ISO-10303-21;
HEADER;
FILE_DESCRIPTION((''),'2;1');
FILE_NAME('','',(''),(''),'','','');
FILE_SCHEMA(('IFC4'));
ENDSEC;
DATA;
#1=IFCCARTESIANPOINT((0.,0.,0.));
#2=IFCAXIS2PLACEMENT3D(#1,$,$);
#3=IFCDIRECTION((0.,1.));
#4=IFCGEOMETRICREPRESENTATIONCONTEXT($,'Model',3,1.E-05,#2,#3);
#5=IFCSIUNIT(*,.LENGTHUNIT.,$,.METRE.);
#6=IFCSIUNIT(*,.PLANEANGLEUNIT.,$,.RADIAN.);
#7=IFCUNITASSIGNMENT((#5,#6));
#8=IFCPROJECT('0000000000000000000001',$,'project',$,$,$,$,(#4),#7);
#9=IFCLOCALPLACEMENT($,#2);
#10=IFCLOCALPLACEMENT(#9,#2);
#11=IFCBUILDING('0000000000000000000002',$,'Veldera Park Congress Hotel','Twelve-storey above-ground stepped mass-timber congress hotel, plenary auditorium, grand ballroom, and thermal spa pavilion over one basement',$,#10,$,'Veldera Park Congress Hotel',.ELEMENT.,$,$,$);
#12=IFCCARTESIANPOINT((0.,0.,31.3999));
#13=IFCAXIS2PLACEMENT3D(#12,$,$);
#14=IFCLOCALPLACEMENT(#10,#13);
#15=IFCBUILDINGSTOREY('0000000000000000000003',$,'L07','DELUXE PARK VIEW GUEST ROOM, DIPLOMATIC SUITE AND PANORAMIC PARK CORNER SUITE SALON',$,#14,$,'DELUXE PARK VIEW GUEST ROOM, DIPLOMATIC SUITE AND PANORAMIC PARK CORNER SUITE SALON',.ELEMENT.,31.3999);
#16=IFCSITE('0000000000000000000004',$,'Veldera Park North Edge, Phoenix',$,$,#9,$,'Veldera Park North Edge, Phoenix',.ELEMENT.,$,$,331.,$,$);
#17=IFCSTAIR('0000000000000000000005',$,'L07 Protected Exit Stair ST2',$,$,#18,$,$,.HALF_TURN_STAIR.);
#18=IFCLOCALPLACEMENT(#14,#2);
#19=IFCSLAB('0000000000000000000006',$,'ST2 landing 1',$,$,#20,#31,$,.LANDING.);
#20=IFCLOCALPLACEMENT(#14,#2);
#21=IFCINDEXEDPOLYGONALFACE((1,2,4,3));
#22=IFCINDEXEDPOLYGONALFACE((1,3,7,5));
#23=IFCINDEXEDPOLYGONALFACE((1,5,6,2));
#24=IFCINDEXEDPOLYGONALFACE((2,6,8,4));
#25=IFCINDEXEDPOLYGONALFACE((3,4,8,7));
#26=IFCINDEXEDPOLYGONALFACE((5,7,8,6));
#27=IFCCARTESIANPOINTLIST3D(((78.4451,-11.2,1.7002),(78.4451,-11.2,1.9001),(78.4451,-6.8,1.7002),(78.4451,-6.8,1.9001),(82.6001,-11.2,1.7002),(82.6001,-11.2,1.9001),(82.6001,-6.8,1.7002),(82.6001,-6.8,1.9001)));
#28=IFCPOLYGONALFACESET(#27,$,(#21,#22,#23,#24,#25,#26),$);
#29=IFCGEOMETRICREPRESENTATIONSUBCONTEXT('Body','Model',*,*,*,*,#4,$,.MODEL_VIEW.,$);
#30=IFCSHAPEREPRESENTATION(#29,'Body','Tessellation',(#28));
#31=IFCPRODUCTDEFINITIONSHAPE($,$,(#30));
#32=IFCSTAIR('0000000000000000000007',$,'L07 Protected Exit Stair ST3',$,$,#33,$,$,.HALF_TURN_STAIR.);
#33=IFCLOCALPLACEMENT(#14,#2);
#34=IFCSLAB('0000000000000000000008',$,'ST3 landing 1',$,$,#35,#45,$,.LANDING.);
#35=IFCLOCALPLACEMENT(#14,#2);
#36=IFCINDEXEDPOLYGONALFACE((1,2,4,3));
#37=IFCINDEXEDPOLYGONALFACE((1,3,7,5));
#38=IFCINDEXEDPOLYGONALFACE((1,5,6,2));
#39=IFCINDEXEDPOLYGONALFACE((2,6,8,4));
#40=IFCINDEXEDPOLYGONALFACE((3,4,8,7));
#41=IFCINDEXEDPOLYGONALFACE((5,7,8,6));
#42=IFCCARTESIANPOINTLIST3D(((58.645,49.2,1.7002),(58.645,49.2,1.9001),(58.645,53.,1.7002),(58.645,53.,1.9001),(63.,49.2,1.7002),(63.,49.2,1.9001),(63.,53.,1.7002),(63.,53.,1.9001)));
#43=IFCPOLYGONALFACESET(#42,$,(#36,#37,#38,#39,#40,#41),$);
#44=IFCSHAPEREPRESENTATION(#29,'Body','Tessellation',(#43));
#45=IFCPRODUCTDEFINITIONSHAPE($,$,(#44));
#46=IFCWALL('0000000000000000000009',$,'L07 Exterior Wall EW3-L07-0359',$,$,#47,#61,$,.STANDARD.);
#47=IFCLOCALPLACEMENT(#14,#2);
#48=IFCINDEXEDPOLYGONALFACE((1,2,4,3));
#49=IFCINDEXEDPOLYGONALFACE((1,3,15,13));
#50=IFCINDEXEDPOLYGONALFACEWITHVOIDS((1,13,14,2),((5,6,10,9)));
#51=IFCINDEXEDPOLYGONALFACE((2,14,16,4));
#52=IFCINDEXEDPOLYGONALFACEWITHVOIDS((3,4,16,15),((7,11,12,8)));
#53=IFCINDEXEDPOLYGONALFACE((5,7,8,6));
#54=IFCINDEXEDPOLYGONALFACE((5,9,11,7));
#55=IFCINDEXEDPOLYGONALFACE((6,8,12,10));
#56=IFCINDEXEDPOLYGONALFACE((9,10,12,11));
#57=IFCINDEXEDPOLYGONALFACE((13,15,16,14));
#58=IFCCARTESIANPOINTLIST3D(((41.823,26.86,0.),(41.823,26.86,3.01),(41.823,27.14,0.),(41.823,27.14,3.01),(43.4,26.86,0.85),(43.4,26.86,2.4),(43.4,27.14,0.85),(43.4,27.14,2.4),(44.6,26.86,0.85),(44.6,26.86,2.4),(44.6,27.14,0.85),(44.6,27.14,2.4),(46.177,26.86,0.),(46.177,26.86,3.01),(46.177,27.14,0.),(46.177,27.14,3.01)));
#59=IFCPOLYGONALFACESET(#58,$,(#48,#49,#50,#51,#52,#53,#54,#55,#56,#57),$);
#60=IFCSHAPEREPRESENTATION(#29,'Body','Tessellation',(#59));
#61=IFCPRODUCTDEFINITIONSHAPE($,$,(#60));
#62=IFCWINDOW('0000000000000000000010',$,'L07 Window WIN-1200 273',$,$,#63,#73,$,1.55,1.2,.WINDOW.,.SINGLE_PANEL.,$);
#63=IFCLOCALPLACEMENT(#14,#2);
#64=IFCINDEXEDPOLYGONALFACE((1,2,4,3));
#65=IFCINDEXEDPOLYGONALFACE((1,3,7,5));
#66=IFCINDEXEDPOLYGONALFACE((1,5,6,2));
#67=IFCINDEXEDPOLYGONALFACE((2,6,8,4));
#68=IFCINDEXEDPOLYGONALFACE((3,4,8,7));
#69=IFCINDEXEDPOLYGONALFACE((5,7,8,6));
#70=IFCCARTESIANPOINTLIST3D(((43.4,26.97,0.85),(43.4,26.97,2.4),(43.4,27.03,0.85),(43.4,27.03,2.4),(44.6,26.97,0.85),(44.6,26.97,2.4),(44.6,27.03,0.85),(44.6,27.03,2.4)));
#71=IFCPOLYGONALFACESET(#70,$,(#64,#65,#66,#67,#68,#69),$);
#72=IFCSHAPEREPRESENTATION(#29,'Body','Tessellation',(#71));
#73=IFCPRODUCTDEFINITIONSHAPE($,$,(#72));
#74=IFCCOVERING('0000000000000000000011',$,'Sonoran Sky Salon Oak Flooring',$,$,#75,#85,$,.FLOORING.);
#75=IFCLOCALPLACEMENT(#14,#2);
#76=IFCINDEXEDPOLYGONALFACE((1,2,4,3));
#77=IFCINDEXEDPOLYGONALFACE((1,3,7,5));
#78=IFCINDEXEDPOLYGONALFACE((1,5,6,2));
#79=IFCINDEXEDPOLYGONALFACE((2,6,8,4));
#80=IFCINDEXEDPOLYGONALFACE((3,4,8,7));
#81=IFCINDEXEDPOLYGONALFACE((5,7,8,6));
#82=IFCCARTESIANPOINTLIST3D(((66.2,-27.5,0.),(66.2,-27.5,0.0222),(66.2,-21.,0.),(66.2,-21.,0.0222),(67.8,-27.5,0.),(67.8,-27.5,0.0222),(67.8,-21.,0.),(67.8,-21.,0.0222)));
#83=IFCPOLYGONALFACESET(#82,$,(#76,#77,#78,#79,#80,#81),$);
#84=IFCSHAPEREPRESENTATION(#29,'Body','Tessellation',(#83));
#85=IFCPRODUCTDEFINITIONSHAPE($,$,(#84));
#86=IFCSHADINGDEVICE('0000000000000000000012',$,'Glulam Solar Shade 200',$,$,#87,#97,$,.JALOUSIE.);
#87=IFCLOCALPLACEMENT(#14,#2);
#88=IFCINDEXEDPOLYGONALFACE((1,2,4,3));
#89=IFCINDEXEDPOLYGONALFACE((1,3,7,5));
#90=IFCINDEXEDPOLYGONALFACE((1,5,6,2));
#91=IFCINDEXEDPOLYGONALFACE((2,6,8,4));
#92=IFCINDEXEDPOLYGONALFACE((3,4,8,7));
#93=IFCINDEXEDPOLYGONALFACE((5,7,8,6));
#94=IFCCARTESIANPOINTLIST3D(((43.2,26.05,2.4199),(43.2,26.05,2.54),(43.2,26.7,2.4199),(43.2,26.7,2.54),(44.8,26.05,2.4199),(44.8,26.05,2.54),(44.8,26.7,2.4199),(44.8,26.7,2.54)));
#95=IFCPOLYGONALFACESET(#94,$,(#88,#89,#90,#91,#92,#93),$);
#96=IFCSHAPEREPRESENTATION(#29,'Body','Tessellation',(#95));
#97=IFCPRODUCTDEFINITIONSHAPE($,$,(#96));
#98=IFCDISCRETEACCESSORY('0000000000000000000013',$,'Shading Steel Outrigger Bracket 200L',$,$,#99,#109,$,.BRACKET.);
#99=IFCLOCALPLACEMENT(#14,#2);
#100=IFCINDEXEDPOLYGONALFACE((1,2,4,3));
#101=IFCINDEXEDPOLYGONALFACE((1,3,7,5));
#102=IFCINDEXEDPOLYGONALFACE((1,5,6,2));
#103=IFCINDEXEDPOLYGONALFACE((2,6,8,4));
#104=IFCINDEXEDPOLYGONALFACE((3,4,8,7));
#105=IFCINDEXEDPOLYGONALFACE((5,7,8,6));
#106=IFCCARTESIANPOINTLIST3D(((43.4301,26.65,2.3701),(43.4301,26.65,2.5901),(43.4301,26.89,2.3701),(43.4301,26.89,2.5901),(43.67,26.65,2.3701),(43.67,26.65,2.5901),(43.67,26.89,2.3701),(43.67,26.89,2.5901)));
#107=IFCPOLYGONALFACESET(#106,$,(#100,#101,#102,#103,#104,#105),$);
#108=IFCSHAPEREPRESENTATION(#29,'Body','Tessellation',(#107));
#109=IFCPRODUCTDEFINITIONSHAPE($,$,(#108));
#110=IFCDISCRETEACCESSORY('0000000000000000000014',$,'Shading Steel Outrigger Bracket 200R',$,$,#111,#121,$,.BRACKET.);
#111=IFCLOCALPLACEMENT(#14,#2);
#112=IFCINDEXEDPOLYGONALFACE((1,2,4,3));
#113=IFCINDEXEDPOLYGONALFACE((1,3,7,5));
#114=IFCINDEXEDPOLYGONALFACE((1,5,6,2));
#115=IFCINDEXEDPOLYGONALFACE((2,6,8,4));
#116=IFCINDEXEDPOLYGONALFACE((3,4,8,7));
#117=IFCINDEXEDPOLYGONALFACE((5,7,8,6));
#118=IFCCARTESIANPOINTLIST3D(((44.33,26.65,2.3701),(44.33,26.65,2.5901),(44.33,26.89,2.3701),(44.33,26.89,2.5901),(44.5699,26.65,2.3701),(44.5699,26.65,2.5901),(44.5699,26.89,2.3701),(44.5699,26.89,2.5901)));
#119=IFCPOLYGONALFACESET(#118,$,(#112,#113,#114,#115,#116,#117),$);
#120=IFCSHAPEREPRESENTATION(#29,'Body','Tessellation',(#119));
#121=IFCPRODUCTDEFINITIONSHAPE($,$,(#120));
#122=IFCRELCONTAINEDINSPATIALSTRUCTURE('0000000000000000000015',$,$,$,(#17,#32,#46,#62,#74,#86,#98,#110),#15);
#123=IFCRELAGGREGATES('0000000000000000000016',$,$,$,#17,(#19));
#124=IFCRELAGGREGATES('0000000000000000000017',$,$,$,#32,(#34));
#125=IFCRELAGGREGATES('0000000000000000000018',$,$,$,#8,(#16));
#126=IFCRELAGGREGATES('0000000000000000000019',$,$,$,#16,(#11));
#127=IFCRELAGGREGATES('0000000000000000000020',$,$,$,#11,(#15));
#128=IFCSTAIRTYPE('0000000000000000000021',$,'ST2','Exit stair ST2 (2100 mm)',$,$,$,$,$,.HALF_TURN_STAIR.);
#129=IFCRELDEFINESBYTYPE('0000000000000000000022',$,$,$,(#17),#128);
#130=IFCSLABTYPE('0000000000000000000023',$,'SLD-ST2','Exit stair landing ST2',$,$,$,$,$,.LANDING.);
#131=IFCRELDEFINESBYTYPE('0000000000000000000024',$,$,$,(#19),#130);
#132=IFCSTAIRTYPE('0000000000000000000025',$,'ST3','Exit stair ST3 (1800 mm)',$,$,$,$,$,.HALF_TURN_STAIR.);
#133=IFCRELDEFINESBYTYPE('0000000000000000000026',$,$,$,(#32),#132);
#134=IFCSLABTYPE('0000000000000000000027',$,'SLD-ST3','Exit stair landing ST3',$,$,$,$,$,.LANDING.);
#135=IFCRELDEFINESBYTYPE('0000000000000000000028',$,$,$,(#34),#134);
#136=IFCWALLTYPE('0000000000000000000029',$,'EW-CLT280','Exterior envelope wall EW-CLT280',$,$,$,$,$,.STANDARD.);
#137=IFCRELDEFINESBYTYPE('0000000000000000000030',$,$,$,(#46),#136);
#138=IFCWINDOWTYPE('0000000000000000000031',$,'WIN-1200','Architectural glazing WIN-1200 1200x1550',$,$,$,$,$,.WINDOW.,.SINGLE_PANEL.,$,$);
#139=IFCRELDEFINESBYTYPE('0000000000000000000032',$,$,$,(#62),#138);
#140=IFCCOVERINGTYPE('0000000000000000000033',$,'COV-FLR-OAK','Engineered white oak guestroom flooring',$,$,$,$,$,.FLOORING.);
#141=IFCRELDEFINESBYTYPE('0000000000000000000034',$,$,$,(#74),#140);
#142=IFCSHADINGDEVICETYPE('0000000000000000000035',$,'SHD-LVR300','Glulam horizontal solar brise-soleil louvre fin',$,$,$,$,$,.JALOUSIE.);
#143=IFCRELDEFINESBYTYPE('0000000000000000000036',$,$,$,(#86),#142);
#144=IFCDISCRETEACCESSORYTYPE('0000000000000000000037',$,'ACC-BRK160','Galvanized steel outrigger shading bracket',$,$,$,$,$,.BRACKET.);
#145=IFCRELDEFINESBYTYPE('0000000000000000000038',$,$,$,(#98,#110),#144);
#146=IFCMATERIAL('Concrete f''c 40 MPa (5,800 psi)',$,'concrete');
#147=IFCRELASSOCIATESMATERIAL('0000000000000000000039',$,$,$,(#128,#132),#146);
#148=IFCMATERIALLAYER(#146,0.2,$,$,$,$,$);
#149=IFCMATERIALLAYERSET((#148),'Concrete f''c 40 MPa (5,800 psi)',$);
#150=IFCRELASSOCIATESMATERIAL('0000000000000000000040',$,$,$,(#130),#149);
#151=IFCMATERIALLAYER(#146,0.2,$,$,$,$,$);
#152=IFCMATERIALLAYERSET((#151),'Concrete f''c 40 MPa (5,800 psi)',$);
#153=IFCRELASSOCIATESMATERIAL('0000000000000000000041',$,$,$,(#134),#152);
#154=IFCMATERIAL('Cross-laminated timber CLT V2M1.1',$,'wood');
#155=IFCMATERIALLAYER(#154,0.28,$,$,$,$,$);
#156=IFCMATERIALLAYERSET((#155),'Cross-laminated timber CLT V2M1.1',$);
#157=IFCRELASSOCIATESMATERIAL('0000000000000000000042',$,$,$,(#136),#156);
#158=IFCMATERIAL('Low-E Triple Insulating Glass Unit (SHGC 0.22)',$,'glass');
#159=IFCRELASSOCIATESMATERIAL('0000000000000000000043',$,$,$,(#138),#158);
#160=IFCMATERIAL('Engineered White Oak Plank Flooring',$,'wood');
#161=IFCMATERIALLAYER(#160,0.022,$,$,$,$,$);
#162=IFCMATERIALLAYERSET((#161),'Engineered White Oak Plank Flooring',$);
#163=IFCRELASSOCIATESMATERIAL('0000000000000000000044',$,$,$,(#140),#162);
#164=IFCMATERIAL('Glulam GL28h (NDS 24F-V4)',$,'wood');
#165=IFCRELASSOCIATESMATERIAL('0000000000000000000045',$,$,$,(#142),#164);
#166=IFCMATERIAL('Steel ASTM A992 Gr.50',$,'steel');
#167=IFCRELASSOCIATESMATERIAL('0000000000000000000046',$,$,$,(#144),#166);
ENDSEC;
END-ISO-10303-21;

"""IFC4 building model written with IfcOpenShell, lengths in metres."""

from ifc_helpers import new_model, si_unit, direction, frame, frame_2d, origin, origin_2d, place, context, subcontext, project, spatial, polyline, rectangle, outline, extrude, material, layer, layer_set, type_object, element, fill, aggregate, save


model = new_model("IFC4")

# Units and contexts
model_context = context("Model", 3, precision=1e-05, world=origin(), true_north=direction((0.0, 1.0)))
body_context = subcontext(model_context, "Body", "Model", "MODEL_VIEW")
ifc_project = project(units=[si_unit("LENGTHUNIT", "METRE"), si_unit("PLANEANGLEUNIT", "RADIAN")], contexts=[model_context])

# Site, building, storey
site_placement = place(None, origin())
site = spatial("IfcSite", under=ifc_project, at=site_placement, Name="Veldera Park North Edge, Phoenix", LongName="Veldera Park North Edge, Phoenix", CompositionType="ELEMENT", RefElevation=331.0)
building_placement = place(site_placement, origin())
building = spatial("IfcBuilding", under=site, at=building_placement, Name="Veldera Park Congress Hotel", Description="Twelve-storey above-ground stepped mass-timber congress hotel, plenary auditorium, grand ballroom, and thermal spa pavilion over one basement", LongName="Veldera Park Congress Hotel", CompositionType="ELEMENT")
storey_placement = place(building_placement, frame((0.0, 0.0, 31.3999)))
storey = spatial("IfcBuildingStorey", under=building, at=storey_placement, Name="L07", Description="DELUXE PARK VIEW GUEST ROOM, DIPLOMATIC SUITE AND PANORAMIC PARK CORNER SUITE SALON", LongName="DELUXE PARK VIEW GUEST ROOM, DIPLOMATIC SUITE AND PANORAMIC PARK CORNER SUITE SALON", CompositionType="ELEMENT", Elevation=31.3999)

# Shared definitions
ifc_material_1 = material(Name="Glulam GL28h (NDS 24F-V4)", Category="wood")

# Shared definitions
ifc_material_2 = material(Name="Cross-laminated timber CLT V2M1.1", Category="wood")
ifc_material_3 = material(Name="Concrete f'c 40 MPa (5,800 psi)", Category="concrete")

# Stairs, slabs
stair_type_1 = type_object("IfcStairType", Name="ST2", Description="Exit stair ST2 (2100 mm)", PredefinedType="HALF_TURN_STAIR", material=ifc_material_3)
stair_1_placement = place(storey_placement, origin())
stair_1 = element("IfcStair", 1, at=stair_1_placement, inside=storey, type_object=stair_type_1, Name="L07 Protected Exit Stair ST2", PredefinedType="HALF_TURN_STAIR")
ifc_layer_1 = layer(ifc_material_3, 0.2)
ifc_layer_set_1 = layer_set([ifc_layer_1], Name="Concrete f'c 40 MPa (5,800 psi)")
slab_type_1 = type_object("IfcSlabType", Name="SLD-ST2", Description="Exit stair landing ST2", PredefinedType="LANDING", material=ifc_layer_set_1)
slab_1_placement = place(storey_placement, frame((0.0, 0.0, 1.7002)))
slab_1 = element("IfcSlab", 2, at=slab_1_placement, type_object=slab_type_1, Name="ST2 landing 1", PredefinedType="LANDING", context=body_context, shape_type="SweptSolid", body=[
    extrude(outline(polyline([(78.4451, -11.2), (82.6001, -11.2), (82.6001, -6.8), (78.4451, -6.8), (78.4451, -11.2)])), origin(), (0.0, 0.0, 1.0), 0.2),
])
aggregate(stair_1, [slab_1])
stair_type_2 = type_object("IfcStairType", Name="ST3", Description="Exit stair ST3 (1800 mm)", PredefinedType="HALF_TURN_STAIR", material=ifc_material_3)
stair_2_placement = place(storey_placement, origin())
stair_2 = element("IfcStair", 3, at=stair_2_placement, inside=storey, type_object=stair_type_2, Name="L07 Protected Exit Stair ST3", PredefinedType="HALF_TURN_STAIR")
ifc_layer_2 = layer(ifc_material_3, 0.2)
ifc_layer_set_2 = layer_set([ifc_layer_2], Name="Concrete f'c 40 MPa (5,800 psi)")
slab_type_2 = type_object("IfcSlabType", Name="SLD-ST3", Description="Exit stair landing ST3", PredefinedType="LANDING", material=ifc_layer_set_2)
slab_2_placement = place(storey_placement, frame((0.0, 0.0, 1.7002)))
slab_2 = element("IfcSlab", 4, at=slab_2_placement, type_object=slab_type_2, Name="ST3 landing 1", PredefinedType="LANDING", context=body_context, shape_type="SweptSolid", body=[
    extrude(outline(polyline([(58.645, 49.2), (63.0, 49.2), (63.0, 53.0), (58.645, 53.0), (58.645, 49.2)])), origin(), (0.0, 0.0, 1.0), 0.2),
])
aggregate(stair_2, [slab_2])

# Wall, opening, window
ifc_layer_3 = layer(ifc_material_2, 0.28)
ifc_layer_set_3 = layer_set([ifc_layer_3], Name="Cross-laminated timber CLT V2M1.1")
wall_type = type_object("IfcWallType", Name="EW-CLT280", Description="Exterior envelope wall EW-CLT280", PredefinedType="STANDARD", material=ifc_layer_set_3)
wall_placement = place(storey_placement, frame((41.823, 27.0, 0.0), z_axis=(0.0, 0.0, 1.0), x_axis=(1.0, 0.0, 0.0)))
wall = element("IfcWall", 5, at=wall_placement, inside=storey, type_object=wall_type, Name="L07 Exterior Wall EW3-L07-0359", PredefinedType="STANDARD", context=body_context, shape_type="SweptSolid", body=[
    extrude(rectangle(XDim=4.354, YDim=0.28, at=frame_2d((2.177, 0.0))), origin(), (0.0, 0.0, 1.0), 3.01),
])
opening_placement = place(wall_placement, frame((1.5769, 0.0, 0.8501)))
opening = element("IfcOpeningElement", 6, at=opening_placement, cuts=wall, PredefinedType="OPENING", context=body_context, shape_type="SweptSolid", body=[
    extrude(rectangle(XDim=1.2, YDim=1.55, at=frame_2d((0.6001, 0.7749))), frame((0.0, 0.1521, 0.0), z_axis=(0.0, -1.0, 0.0), x_axis=(1.0, 0.0, 0.0)), (0.0, 0.0, 1.0), 0.304),
])
ifc_material_4 = material(Name="Low-E Triple Insulating Glass Unit (SHGC 0.22)", Category="glass")
window_type = type_object("IfcWindowType", Name="WIN-1200", Description="Architectural glazing WIN-1200 1200x1550", PartitioningType="SINGLE_PANEL", PredefinedType="WINDOW", material=ifc_material_4)
window_placement = place(opening_placement, origin())
window = element("IfcWindow", 7, at=window_placement, inside=storey, type_object=window_type, Name="L07 Window WIN-1200 273", OverallHeight=1.55, OverallWidth=1.2, PartitioningType="SINGLE_PANEL", PredefinedType="WINDOW", context=body_context, shape_type="SweptSolid", body=[
    extrude(rectangle(XDim=1.2, YDim=1.55, at=frame_2d((0.6001, 0.7749))), frame((0.0, 0.03, 0.0), z_axis=(0.0, -1.0, 0.0), x_axis=(1.0, 0.0, 0.0)), (0.0, 0.0, 1.0), 0.0601),
])
fill(opening, window)

# Covering
ifc_material_5 = material(Name="Engineered White Oak Plank Flooring", Category="wood")
ifc_layer_4 = layer(ifc_material_5, 0.022)
ifc_layer_set_4 = layer_set([ifc_layer_4], Name="Engineered White Oak Plank Flooring")
covering_type = type_object("IfcCoveringType", Name="COV-FLR-OAK", Description="Engineered white oak guestroom flooring", PredefinedType="FLOORING", material=ifc_layer_set_4)
covering_placement = place(storey_placement, origin())
element("IfcCovering", 8, at=covering_placement, inside=storey, type_object=covering_type, Name="Sonoran Sky Salon Oak Flooring", PredefinedType="FLOORING", context=body_context, shape_type="SweptSolid", body=[
    extrude(outline(polyline([(66.2, -27.5), (67.8, -27.5), (67.8, -21.0), (66.2, -21.0), (66.2, -27.5)])), origin(), (0.0, 0.0, 1.0), 0.0222),
])

# Shading device
shading_device_type = type_object("IfcShadingDeviceType", Name="SHD-LVR300", Description="Glulam horizontal solar brise-soleil louvre fin", PredefinedType="JALOUSIE", material=ifc_material_1)
shading_device_placement = place(storey_placement, frame((44.0, 26.375, 2.4199), z_axis=(0.0, 0.0, 1.0), x_axis=(1.0, 0.0, 0.0)))
element("IfcShadingDevice", 9, at=shading_device_placement, inside=storey, type_object=shading_device_type, Name="Glulam Solar Shade 200", PredefinedType="JALOUSIE", context=body_context, shape_type="SweptSolid", body=[
    extrude(rectangle(XDim=1.6001, YDim=0.6499, at=origin_2d()), origin(), (0.0, 0.0, 1.0), 0.1201),
])

# Discrete accessories
ifc_material_6 = material(Name="Steel ASTM A992 Gr.50", Category="steel")
discrete_accessory_type = type_object("IfcDiscreteAccessoryType", Name="ACC-BRK160", Description="Galvanized steel outrigger shading bracket", PredefinedType="BRACKET", material=ifc_material_6)
for number, where, z_axis, x_axis, name in (
    (10, (43.55, 26.77, 2.3701), (0.0, 0.0, 1.0), (1.0, 0.0, 0.0), "Shading Steel Outrigger Bracket 200L"),
    (11, (44.45, 26.77, 2.3701), (0.0, 0.0, 1.0), (1.0, 0.0, 0.0), "Shading Steel Outrigger Bracket 200R"),
):
    element("IfcDiscreteAccessory", number, at=place(storey_placement, frame(where, z_axis=z_axis, x_axis=x_axis)), inside=storey, type_object=discrete_accessory_type, Name=name, PredefinedType="BRACKET", context=body_context, shape_type="SweptSolid", body=[
        extrude(rectangle(XDim=0.24, YDim=0.24, at=origin_2d()), origin(), (0.0, 0.0, 1.0), 0.22),
    ])

save(model, "model.ifc")
